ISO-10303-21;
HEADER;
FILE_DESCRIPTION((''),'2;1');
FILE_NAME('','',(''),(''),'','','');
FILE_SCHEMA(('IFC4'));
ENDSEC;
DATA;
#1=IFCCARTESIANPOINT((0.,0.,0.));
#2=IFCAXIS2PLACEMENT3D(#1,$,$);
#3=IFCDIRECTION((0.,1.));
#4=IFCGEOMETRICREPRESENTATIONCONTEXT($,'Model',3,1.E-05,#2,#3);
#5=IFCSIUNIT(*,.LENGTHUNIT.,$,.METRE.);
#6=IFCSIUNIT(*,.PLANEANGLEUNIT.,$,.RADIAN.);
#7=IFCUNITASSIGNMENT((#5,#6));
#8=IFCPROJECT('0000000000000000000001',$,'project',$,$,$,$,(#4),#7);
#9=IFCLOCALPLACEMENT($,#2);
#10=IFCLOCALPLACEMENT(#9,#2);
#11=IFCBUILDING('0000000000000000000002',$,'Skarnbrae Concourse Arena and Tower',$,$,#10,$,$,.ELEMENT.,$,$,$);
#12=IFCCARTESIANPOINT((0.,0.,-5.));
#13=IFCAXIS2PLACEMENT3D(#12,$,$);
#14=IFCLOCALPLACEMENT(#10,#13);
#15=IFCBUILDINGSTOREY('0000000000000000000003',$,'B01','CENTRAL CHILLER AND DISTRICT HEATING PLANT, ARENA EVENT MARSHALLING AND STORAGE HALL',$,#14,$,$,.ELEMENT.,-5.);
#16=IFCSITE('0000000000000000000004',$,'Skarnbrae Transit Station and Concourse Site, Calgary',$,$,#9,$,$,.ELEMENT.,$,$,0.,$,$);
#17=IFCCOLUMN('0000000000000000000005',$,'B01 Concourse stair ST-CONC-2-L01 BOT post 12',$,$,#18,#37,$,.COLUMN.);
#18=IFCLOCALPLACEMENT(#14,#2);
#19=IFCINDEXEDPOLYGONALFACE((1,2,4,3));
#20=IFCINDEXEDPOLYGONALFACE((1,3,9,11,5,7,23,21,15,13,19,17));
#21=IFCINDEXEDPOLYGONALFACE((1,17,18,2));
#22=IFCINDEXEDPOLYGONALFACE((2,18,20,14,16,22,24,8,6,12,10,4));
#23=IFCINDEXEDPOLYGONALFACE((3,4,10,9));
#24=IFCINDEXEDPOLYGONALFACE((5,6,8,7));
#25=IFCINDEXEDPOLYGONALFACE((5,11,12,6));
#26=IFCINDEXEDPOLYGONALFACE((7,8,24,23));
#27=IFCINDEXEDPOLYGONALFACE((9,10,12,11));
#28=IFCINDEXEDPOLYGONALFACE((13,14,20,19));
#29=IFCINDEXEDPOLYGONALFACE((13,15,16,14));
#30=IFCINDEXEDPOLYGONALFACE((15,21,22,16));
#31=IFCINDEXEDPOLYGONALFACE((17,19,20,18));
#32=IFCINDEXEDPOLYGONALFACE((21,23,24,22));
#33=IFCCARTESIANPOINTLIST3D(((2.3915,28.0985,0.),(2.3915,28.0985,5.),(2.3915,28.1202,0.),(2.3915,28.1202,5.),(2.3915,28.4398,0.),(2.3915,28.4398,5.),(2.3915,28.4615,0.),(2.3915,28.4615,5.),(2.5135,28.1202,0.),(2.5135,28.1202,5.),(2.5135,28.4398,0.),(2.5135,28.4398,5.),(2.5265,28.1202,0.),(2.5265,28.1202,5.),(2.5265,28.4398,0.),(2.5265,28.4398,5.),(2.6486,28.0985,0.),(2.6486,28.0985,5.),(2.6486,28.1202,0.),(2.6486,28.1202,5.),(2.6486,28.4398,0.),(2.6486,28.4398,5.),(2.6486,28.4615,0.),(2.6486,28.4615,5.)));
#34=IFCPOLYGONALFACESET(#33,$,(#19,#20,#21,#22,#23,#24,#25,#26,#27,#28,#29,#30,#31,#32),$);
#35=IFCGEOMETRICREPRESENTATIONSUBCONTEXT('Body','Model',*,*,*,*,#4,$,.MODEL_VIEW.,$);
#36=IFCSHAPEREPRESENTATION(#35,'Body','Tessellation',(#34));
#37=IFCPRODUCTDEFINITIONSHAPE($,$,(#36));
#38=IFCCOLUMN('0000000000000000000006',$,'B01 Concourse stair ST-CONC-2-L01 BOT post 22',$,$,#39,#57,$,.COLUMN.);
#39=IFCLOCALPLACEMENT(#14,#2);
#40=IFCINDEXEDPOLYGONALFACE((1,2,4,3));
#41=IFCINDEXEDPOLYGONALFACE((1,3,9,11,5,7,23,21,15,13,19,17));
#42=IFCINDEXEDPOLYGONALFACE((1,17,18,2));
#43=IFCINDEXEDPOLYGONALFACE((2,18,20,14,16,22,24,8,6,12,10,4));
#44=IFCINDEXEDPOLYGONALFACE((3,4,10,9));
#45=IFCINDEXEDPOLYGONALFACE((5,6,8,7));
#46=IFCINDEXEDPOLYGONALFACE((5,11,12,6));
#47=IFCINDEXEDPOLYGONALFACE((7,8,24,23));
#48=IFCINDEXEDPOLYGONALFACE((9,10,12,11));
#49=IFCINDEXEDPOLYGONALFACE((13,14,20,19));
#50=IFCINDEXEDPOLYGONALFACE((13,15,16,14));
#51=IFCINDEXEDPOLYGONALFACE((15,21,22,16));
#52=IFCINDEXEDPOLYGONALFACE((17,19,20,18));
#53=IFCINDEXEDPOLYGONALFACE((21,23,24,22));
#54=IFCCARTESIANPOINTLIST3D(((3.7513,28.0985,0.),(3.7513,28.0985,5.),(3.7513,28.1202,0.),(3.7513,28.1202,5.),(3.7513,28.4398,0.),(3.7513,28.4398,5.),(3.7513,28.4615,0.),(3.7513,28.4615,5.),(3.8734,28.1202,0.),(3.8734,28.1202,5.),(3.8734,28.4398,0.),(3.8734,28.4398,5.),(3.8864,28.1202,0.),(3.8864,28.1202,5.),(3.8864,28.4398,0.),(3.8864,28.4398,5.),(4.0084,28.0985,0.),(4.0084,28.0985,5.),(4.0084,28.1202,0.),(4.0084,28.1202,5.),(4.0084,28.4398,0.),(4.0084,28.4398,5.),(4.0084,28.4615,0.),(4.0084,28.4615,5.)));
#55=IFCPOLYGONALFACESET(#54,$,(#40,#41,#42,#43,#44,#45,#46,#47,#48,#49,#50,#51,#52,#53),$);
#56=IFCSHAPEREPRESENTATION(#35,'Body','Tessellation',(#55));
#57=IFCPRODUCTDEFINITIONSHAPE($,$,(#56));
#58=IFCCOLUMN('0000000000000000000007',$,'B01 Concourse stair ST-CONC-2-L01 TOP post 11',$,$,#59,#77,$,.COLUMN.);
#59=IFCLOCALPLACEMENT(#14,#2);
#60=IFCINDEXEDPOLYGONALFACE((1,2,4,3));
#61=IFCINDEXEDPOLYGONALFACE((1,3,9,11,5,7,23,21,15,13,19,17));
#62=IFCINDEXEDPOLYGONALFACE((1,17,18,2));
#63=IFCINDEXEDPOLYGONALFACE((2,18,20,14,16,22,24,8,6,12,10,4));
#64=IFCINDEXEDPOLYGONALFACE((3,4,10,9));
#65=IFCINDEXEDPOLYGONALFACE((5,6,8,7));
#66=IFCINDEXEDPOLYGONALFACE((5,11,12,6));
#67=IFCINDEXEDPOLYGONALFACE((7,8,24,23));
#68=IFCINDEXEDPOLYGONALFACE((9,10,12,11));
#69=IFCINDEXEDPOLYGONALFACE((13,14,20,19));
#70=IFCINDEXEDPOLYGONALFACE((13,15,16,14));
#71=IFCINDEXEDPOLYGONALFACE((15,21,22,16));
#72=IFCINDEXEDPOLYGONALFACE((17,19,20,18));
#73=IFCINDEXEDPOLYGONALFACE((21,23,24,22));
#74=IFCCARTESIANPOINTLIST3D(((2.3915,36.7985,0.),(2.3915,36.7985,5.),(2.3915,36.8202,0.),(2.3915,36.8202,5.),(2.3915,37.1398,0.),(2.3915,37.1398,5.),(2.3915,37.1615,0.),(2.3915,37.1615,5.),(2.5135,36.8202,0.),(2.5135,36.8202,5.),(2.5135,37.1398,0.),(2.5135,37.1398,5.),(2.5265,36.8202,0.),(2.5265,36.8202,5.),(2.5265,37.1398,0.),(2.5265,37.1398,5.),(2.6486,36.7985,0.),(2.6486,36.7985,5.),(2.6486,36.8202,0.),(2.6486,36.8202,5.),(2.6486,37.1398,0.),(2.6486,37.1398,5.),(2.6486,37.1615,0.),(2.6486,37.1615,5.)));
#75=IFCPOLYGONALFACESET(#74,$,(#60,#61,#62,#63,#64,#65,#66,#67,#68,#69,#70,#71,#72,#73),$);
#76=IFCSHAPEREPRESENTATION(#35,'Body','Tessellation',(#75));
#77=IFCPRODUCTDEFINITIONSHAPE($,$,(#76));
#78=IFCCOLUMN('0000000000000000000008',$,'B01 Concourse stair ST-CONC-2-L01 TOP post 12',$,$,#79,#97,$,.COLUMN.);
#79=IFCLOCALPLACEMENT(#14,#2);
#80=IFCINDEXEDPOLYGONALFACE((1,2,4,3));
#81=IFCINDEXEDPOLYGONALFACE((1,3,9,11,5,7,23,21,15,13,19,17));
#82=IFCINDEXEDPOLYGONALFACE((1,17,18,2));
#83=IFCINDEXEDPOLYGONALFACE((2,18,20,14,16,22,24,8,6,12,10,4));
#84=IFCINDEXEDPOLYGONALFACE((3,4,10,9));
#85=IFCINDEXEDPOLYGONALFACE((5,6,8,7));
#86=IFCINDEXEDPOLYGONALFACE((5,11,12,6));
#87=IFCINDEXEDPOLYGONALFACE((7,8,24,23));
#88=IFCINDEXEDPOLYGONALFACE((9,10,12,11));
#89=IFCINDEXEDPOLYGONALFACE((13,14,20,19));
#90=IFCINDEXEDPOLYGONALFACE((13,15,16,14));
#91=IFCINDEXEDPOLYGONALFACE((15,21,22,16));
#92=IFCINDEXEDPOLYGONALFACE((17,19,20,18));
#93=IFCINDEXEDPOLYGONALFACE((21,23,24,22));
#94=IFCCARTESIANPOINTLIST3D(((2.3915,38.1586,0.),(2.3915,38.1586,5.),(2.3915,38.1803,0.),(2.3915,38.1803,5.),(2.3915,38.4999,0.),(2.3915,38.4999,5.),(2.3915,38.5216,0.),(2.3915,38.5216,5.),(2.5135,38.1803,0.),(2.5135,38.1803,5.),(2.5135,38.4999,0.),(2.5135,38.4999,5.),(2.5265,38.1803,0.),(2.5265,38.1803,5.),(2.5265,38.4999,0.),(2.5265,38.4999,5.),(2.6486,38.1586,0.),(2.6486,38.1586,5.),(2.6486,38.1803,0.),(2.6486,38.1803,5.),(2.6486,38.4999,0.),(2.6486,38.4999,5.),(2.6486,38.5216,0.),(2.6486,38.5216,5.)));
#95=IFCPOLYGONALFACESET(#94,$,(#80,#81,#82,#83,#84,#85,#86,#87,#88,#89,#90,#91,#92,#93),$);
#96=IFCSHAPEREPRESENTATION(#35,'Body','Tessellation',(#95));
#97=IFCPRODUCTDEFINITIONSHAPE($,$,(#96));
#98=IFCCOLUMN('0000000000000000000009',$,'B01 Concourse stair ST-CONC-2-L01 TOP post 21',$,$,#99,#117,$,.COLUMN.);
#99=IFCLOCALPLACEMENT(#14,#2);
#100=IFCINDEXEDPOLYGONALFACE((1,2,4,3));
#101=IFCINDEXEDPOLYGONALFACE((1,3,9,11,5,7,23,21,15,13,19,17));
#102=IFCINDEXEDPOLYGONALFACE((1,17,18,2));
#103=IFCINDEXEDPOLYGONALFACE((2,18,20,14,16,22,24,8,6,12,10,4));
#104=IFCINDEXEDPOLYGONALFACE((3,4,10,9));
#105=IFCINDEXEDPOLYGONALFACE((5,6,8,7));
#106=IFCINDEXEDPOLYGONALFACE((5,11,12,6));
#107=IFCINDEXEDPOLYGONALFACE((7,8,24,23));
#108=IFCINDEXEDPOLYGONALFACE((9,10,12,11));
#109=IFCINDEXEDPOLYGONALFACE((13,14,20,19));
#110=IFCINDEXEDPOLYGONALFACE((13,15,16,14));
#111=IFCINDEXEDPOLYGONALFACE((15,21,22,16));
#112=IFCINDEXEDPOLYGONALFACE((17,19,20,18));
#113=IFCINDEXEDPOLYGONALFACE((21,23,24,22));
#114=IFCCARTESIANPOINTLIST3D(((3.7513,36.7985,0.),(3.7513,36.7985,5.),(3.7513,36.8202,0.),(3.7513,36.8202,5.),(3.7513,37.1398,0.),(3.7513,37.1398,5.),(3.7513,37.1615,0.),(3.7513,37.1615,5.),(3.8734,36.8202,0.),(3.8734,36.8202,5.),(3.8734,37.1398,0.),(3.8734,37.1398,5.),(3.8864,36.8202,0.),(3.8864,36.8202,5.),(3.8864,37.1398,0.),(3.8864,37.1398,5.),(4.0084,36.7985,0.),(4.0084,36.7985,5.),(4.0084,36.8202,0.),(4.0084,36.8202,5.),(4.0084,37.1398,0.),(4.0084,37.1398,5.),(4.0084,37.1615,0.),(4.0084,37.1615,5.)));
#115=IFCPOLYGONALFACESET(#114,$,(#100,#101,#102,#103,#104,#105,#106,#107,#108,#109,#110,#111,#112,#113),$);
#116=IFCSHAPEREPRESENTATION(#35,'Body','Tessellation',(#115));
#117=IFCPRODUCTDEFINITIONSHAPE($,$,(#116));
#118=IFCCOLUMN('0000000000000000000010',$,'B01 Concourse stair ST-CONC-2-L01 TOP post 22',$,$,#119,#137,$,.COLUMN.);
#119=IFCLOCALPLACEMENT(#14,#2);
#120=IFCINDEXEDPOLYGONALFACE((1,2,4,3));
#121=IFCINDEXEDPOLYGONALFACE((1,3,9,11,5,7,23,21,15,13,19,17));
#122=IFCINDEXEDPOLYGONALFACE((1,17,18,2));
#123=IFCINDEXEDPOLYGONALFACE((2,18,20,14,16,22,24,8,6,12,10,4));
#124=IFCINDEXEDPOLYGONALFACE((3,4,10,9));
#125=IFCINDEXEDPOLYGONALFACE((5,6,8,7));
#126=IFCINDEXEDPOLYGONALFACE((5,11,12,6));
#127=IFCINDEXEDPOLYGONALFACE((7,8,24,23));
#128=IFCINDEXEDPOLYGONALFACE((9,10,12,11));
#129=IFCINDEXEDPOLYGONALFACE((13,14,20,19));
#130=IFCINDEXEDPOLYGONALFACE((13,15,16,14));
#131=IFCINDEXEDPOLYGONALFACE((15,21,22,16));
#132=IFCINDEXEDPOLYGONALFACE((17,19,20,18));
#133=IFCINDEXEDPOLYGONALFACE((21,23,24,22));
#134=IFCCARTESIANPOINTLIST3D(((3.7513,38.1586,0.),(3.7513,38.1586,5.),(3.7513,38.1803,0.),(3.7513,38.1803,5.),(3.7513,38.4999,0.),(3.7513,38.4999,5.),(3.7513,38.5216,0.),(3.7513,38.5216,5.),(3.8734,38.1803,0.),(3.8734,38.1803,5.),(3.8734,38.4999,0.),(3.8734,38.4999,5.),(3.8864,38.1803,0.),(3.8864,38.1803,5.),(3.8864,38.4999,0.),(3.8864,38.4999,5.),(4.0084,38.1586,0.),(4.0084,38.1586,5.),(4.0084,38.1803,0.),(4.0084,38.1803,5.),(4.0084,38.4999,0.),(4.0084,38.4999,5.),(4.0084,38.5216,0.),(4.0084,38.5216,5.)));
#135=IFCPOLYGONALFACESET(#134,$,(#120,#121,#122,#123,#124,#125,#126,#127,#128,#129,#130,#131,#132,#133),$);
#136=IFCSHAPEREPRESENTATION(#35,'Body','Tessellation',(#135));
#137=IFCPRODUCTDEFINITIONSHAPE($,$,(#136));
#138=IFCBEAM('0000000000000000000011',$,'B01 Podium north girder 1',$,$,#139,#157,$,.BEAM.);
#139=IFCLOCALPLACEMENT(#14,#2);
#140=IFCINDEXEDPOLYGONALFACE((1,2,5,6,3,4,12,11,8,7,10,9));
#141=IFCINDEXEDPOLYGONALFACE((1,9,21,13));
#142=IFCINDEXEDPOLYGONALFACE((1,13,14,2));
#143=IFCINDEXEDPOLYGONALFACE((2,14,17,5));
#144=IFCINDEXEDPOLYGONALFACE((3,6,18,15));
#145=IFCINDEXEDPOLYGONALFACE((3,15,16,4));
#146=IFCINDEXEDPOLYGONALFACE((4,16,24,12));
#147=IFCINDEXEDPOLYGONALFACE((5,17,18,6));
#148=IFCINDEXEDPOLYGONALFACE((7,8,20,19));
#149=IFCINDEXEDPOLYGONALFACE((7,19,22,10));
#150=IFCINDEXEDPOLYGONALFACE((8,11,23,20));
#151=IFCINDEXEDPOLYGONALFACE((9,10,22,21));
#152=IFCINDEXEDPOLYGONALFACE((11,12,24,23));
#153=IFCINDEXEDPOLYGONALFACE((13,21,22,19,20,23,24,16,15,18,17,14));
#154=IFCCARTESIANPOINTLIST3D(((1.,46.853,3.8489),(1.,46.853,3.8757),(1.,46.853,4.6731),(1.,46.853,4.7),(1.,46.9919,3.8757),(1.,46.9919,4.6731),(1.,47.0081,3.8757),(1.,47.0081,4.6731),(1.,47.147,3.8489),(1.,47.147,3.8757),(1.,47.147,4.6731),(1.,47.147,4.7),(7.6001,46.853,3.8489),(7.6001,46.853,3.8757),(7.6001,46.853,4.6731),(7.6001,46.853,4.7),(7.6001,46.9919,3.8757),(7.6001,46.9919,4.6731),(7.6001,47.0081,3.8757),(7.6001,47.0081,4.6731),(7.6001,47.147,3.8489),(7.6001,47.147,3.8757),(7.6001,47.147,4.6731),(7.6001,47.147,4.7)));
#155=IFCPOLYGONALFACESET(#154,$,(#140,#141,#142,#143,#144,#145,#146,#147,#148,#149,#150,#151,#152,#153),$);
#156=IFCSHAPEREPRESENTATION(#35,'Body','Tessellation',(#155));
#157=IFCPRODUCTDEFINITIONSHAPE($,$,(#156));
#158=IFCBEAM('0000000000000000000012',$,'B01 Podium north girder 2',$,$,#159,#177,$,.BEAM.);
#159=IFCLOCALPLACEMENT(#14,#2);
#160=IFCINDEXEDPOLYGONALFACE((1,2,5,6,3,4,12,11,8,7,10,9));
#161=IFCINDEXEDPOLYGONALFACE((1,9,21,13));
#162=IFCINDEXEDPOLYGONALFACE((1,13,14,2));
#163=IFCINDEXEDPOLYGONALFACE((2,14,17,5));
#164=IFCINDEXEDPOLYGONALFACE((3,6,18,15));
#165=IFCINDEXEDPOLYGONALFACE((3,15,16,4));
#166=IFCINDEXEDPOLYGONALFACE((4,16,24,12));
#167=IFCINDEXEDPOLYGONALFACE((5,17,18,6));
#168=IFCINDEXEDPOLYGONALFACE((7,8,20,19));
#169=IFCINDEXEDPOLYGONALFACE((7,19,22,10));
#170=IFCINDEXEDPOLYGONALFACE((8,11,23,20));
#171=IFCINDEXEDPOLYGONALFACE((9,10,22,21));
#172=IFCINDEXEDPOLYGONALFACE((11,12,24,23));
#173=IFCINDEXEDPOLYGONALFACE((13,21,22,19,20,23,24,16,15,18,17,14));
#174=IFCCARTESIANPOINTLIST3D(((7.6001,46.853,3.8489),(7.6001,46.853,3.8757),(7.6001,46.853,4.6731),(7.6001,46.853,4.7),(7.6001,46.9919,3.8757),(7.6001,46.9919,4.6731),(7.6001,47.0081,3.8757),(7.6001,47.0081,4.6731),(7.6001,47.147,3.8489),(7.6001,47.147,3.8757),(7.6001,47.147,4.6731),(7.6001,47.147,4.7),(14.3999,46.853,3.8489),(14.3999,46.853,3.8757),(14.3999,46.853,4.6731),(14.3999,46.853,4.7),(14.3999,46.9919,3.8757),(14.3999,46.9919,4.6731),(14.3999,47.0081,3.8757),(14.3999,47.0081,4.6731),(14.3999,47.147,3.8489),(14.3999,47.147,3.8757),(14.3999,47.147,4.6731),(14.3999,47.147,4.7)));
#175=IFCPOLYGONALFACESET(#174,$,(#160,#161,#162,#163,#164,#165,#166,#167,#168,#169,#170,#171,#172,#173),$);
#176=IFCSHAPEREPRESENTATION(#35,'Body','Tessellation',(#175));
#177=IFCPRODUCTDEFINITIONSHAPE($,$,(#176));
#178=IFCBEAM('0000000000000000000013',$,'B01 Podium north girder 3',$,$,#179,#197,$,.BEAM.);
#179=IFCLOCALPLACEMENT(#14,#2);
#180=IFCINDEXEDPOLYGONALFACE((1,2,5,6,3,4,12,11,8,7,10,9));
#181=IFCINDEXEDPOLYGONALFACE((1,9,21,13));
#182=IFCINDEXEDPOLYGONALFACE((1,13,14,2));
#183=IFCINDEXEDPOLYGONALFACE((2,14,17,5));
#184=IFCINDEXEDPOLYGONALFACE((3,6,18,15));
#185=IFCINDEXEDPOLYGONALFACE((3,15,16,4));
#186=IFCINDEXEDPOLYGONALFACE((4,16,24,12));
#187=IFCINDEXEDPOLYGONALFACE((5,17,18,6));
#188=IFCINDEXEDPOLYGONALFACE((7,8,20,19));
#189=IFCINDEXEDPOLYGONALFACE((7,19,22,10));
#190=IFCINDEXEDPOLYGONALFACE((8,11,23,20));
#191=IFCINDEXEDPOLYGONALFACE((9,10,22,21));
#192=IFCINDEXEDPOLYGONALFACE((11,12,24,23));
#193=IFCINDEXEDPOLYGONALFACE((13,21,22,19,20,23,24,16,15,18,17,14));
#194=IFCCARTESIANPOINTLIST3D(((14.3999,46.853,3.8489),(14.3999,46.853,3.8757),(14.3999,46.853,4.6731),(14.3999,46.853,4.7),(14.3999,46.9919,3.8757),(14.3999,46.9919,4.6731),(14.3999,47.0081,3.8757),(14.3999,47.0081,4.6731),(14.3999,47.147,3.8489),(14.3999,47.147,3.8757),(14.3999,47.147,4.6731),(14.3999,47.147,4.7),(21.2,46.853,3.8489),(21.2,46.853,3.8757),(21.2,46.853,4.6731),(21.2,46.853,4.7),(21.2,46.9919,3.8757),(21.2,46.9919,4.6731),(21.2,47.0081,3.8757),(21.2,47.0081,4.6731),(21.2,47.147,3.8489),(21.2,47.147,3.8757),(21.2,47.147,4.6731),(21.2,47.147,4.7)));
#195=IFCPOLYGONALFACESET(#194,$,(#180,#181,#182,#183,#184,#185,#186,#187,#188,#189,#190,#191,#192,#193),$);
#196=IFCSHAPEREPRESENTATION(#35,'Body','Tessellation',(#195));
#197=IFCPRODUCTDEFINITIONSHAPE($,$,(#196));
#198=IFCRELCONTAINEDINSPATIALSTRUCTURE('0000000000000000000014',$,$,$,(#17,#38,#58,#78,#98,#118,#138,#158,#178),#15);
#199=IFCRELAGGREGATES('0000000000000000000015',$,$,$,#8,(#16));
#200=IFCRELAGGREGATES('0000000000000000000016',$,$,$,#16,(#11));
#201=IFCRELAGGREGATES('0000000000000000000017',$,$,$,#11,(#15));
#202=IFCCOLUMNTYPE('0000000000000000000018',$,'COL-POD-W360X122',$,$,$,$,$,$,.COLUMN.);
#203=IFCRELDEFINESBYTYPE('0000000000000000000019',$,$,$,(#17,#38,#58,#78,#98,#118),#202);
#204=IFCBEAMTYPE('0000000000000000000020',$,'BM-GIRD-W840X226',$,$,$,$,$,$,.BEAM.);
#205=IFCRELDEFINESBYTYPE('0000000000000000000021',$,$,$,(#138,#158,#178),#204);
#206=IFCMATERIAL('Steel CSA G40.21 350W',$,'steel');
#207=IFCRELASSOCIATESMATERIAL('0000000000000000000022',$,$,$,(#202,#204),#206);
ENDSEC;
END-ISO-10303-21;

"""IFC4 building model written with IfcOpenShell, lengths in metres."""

from ifc_helpers import new_model, si_unit, direction, frame, origin, origin_2d, place, context, subcontext, project, spatial, i_section, extrude, source, transform, mapped, material, material_profile, profile_set, type_object, element, save


model = new_model("IFC4")

# Units and contexts
model_context = context("Model", 3, precision=1e-05, world=origin(), true_north=direction((0.0, 1.0)))
body_context = subcontext(model_context, "Body", "Model", "MODEL_VIEW")
ifc_project = project(units=[si_unit("LENGTHUNIT", "METRE"), si_unit("PLANEANGLEUNIT", "RADIAN")], contexts=[model_context])

# Site, building, storey
site_placement = place(None, origin())
site = spatial("IfcSite", under=ifc_project, at=site_placement, Name="Skarnbrae Transit Station and Concourse Site, Calgary", CompositionType="ELEMENT", RefElevation=0.0)
building_placement = place(site_placement, origin())
building = spatial("IfcBuilding", under=site, at=building_placement, Name="Skarnbrae Concourse Arena and Tower", CompositionType="ELEMENT")
storey_placement = place(building_placement, frame((0.0, 0.0, -5.0)))
storey = spatial("IfcBuildingStorey", under=building, at=storey_placement, Name="B01", Description="CENTRAL CHILLER AND DISTRICT HEATING PLANT, ARENA EVENT MARSHALLING AND STORAGE HALL", CompositionType="ELEMENT", Elevation=-5.0)

# Columns
ifc_material_1 = material(Name="Steel CSA G40.21 350W", Category="steel")
ifc_material_profile_1 = material_profile(ifc_material_1, i_section(OverallWidth=0.2571, OverallDepth=0.363, WebThickness=0.0129, FlangeThickness=0.0217, at=origin_2d()), Name="W360X122")
ifc_profile_set_1 = profile_set([ifc_material_profile_1], Name="Steel CSA G40.21 350W")
column_type_1 = type_object("IfcColumnType", Name="COL-POD-W360X122", PredefinedType="COLUMN", material=ifc_profile_set_1)
shared_shape_1 = source(origin(), body_context, "Body", "SweptSolid", [
    extrude(i_section(OverallWidth=0.2571, OverallDepth=0.363, WebThickness=0.0129, FlangeThickness=0.0217, at=origin_2d()), origin(), (0.0, 0.0, 1.0), 5.0),
])
for number, where, z_axis, x_axis, name in (
    (1, (2.52, 28.28, 0.0), (0.0, 0.0, 1.0), (1.0, 0.0, 0.0), "B01 Concourse stair ST-CONC-2-L01 BOT post 12"),
    (2, (3.8799, 28.28, 0.0), (0.0, 0.0, 1.0), (1.0, 0.0, 0.0), "B01 Concourse stair ST-CONC-2-L01 BOT post 22"),
    (3, (2.52, 36.98, 0.0), (0.0, 0.0, 1.0), (1.0, 0.0, 0.0), "B01 Concourse stair ST-CONC-2-L01 TOP post 11"),
    (4, (2.52, 38.3401, 0.0), (0.0, 0.0, 1.0), (1.0, 0.0, 0.0), "B01 Concourse stair ST-CONC-2-L01 TOP post 12"),
    (5, (3.8799, 36.98, 0.0), (0.0, 0.0, 1.0), (1.0, 0.0, 0.0), "B01 Concourse stair ST-CONC-2-L01 TOP post 21"),
    (6, (3.8799, 38.3401, 0.0), (0.0, 0.0, 1.0), (1.0, 0.0, 0.0), "B01 Concourse stair ST-CONC-2-L01 TOP post 22"),
):
    element("IfcColumn", number, at=place(storey_placement, frame(where, z_axis=z_axis, x_axis=x_axis)), inside=storey, type_object=column_type_1, Name=name, PredefinedType="COLUMN", context=body_context, shape_type="MappedRepresentation", body=[
        mapped(shared_shape_1, transform((0.0, 0.0, 0.0))),
    ])

# Beams
ifc_material_profile_2 = material_profile(ifc_material_1, i_section(OverallWidth=0.2939, OverallDepth=0.8511, WebThickness=0.0161, FlangeThickness=0.0269, at=origin_2d()), Name="W840X226")
ifc_profile_set_2 = profile_set([ifc_material_profile_2], Name="Steel CSA G40.21 350W")
beam_type = type_object("IfcBeamType", Name="BM-GIRD-W840X226", PredefinedType="BEAM", material=ifc_profile_set_2)
shared_shape_2 = source(origin(), body_context, "Body", "SweptSolid", [
    extrude(i_section(OverallWidth=0.2939, OverallDepth=0.8511, WebThickness=0.0161, FlangeThickness=0.0269, at=origin_2d()), origin(), (0.0, 0.0, 1.0), 6.6001),
])
beam_1_placement = place(storey_placement, frame((1.0, 47.0, 4.2744), z_axis=(1.0, 0.0, 0.0), x_axis=(0.0, 1.0, 0.0)))
element("IfcBeam", 7, at=beam_1_placement, inside=storey, type_object=beam_type, Name="B01 Podium north girder 1", PredefinedType="BEAM", context=body_context, shape_type="MappedRepresentation", body=[
    mapped(shared_shape_2, transform((0.0, 0.0, 0.0))),
])
shared_shape_3 = source(origin(), body_context, "Body", "SweptSolid", [
    extrude(i_section(OverallWidth=0.2939, OverallDepth=0.8511, WebThickness=0.0161, FlangeThickness=0.0269, at=origin_2d()), origin(), (0.0, 0.0, 1.0), 6.7998),
])
beam_2_placement = place(storey_placement, frame((7.6001, 47.0, 4.2744), z_axis=(1.0, 0.0, 0.0), x_axis=(0.0, 1.0, 0.0)))
element("IfcBeam", 8, at=beam_2_placement, inside=storey, type_object=beam_type, Name="B01 Podium north girder 2", PredefinedType="BEAM", context=body_context, shape_type="MappedRepresentation", body=[
    mapped(shared_shape_3, transform((0.0, 0.0, 0.0))),
])
shared_shape_4 = source(origin(), body_context, "Body", "SweptSolid", [
    extrude(i_section(OverallWidth=0.2939, OverallDepth=0.8511, WebThickness=0.0161, FlangeThickness=0.0269, at=origin_2d()), origin(), (0.0, 0.0, 1.0), 6.8),
])
for number, where, z_axis, x_axis, name in (
    (9, (14.3999, 47.0, 4.2744), (1.0, 0.0, 0.0), (0.0, 1.0, 0.0), "B01 Podium north girder 3"),
):
    element("IfcBeam", number, at=place(storey_placement, frame(where, z_axis=z_axis, x_axis=x_axis)), inside=storey, type_object=beam_type, Name=name, PredefinedType="BEAM", context=body_context, shape_type="MappedRepresentation", body=[
        mapped(shared_shape_4, transform((0.0, 0.0, 0.0))),
    ])

save(model, "model.ifc")
